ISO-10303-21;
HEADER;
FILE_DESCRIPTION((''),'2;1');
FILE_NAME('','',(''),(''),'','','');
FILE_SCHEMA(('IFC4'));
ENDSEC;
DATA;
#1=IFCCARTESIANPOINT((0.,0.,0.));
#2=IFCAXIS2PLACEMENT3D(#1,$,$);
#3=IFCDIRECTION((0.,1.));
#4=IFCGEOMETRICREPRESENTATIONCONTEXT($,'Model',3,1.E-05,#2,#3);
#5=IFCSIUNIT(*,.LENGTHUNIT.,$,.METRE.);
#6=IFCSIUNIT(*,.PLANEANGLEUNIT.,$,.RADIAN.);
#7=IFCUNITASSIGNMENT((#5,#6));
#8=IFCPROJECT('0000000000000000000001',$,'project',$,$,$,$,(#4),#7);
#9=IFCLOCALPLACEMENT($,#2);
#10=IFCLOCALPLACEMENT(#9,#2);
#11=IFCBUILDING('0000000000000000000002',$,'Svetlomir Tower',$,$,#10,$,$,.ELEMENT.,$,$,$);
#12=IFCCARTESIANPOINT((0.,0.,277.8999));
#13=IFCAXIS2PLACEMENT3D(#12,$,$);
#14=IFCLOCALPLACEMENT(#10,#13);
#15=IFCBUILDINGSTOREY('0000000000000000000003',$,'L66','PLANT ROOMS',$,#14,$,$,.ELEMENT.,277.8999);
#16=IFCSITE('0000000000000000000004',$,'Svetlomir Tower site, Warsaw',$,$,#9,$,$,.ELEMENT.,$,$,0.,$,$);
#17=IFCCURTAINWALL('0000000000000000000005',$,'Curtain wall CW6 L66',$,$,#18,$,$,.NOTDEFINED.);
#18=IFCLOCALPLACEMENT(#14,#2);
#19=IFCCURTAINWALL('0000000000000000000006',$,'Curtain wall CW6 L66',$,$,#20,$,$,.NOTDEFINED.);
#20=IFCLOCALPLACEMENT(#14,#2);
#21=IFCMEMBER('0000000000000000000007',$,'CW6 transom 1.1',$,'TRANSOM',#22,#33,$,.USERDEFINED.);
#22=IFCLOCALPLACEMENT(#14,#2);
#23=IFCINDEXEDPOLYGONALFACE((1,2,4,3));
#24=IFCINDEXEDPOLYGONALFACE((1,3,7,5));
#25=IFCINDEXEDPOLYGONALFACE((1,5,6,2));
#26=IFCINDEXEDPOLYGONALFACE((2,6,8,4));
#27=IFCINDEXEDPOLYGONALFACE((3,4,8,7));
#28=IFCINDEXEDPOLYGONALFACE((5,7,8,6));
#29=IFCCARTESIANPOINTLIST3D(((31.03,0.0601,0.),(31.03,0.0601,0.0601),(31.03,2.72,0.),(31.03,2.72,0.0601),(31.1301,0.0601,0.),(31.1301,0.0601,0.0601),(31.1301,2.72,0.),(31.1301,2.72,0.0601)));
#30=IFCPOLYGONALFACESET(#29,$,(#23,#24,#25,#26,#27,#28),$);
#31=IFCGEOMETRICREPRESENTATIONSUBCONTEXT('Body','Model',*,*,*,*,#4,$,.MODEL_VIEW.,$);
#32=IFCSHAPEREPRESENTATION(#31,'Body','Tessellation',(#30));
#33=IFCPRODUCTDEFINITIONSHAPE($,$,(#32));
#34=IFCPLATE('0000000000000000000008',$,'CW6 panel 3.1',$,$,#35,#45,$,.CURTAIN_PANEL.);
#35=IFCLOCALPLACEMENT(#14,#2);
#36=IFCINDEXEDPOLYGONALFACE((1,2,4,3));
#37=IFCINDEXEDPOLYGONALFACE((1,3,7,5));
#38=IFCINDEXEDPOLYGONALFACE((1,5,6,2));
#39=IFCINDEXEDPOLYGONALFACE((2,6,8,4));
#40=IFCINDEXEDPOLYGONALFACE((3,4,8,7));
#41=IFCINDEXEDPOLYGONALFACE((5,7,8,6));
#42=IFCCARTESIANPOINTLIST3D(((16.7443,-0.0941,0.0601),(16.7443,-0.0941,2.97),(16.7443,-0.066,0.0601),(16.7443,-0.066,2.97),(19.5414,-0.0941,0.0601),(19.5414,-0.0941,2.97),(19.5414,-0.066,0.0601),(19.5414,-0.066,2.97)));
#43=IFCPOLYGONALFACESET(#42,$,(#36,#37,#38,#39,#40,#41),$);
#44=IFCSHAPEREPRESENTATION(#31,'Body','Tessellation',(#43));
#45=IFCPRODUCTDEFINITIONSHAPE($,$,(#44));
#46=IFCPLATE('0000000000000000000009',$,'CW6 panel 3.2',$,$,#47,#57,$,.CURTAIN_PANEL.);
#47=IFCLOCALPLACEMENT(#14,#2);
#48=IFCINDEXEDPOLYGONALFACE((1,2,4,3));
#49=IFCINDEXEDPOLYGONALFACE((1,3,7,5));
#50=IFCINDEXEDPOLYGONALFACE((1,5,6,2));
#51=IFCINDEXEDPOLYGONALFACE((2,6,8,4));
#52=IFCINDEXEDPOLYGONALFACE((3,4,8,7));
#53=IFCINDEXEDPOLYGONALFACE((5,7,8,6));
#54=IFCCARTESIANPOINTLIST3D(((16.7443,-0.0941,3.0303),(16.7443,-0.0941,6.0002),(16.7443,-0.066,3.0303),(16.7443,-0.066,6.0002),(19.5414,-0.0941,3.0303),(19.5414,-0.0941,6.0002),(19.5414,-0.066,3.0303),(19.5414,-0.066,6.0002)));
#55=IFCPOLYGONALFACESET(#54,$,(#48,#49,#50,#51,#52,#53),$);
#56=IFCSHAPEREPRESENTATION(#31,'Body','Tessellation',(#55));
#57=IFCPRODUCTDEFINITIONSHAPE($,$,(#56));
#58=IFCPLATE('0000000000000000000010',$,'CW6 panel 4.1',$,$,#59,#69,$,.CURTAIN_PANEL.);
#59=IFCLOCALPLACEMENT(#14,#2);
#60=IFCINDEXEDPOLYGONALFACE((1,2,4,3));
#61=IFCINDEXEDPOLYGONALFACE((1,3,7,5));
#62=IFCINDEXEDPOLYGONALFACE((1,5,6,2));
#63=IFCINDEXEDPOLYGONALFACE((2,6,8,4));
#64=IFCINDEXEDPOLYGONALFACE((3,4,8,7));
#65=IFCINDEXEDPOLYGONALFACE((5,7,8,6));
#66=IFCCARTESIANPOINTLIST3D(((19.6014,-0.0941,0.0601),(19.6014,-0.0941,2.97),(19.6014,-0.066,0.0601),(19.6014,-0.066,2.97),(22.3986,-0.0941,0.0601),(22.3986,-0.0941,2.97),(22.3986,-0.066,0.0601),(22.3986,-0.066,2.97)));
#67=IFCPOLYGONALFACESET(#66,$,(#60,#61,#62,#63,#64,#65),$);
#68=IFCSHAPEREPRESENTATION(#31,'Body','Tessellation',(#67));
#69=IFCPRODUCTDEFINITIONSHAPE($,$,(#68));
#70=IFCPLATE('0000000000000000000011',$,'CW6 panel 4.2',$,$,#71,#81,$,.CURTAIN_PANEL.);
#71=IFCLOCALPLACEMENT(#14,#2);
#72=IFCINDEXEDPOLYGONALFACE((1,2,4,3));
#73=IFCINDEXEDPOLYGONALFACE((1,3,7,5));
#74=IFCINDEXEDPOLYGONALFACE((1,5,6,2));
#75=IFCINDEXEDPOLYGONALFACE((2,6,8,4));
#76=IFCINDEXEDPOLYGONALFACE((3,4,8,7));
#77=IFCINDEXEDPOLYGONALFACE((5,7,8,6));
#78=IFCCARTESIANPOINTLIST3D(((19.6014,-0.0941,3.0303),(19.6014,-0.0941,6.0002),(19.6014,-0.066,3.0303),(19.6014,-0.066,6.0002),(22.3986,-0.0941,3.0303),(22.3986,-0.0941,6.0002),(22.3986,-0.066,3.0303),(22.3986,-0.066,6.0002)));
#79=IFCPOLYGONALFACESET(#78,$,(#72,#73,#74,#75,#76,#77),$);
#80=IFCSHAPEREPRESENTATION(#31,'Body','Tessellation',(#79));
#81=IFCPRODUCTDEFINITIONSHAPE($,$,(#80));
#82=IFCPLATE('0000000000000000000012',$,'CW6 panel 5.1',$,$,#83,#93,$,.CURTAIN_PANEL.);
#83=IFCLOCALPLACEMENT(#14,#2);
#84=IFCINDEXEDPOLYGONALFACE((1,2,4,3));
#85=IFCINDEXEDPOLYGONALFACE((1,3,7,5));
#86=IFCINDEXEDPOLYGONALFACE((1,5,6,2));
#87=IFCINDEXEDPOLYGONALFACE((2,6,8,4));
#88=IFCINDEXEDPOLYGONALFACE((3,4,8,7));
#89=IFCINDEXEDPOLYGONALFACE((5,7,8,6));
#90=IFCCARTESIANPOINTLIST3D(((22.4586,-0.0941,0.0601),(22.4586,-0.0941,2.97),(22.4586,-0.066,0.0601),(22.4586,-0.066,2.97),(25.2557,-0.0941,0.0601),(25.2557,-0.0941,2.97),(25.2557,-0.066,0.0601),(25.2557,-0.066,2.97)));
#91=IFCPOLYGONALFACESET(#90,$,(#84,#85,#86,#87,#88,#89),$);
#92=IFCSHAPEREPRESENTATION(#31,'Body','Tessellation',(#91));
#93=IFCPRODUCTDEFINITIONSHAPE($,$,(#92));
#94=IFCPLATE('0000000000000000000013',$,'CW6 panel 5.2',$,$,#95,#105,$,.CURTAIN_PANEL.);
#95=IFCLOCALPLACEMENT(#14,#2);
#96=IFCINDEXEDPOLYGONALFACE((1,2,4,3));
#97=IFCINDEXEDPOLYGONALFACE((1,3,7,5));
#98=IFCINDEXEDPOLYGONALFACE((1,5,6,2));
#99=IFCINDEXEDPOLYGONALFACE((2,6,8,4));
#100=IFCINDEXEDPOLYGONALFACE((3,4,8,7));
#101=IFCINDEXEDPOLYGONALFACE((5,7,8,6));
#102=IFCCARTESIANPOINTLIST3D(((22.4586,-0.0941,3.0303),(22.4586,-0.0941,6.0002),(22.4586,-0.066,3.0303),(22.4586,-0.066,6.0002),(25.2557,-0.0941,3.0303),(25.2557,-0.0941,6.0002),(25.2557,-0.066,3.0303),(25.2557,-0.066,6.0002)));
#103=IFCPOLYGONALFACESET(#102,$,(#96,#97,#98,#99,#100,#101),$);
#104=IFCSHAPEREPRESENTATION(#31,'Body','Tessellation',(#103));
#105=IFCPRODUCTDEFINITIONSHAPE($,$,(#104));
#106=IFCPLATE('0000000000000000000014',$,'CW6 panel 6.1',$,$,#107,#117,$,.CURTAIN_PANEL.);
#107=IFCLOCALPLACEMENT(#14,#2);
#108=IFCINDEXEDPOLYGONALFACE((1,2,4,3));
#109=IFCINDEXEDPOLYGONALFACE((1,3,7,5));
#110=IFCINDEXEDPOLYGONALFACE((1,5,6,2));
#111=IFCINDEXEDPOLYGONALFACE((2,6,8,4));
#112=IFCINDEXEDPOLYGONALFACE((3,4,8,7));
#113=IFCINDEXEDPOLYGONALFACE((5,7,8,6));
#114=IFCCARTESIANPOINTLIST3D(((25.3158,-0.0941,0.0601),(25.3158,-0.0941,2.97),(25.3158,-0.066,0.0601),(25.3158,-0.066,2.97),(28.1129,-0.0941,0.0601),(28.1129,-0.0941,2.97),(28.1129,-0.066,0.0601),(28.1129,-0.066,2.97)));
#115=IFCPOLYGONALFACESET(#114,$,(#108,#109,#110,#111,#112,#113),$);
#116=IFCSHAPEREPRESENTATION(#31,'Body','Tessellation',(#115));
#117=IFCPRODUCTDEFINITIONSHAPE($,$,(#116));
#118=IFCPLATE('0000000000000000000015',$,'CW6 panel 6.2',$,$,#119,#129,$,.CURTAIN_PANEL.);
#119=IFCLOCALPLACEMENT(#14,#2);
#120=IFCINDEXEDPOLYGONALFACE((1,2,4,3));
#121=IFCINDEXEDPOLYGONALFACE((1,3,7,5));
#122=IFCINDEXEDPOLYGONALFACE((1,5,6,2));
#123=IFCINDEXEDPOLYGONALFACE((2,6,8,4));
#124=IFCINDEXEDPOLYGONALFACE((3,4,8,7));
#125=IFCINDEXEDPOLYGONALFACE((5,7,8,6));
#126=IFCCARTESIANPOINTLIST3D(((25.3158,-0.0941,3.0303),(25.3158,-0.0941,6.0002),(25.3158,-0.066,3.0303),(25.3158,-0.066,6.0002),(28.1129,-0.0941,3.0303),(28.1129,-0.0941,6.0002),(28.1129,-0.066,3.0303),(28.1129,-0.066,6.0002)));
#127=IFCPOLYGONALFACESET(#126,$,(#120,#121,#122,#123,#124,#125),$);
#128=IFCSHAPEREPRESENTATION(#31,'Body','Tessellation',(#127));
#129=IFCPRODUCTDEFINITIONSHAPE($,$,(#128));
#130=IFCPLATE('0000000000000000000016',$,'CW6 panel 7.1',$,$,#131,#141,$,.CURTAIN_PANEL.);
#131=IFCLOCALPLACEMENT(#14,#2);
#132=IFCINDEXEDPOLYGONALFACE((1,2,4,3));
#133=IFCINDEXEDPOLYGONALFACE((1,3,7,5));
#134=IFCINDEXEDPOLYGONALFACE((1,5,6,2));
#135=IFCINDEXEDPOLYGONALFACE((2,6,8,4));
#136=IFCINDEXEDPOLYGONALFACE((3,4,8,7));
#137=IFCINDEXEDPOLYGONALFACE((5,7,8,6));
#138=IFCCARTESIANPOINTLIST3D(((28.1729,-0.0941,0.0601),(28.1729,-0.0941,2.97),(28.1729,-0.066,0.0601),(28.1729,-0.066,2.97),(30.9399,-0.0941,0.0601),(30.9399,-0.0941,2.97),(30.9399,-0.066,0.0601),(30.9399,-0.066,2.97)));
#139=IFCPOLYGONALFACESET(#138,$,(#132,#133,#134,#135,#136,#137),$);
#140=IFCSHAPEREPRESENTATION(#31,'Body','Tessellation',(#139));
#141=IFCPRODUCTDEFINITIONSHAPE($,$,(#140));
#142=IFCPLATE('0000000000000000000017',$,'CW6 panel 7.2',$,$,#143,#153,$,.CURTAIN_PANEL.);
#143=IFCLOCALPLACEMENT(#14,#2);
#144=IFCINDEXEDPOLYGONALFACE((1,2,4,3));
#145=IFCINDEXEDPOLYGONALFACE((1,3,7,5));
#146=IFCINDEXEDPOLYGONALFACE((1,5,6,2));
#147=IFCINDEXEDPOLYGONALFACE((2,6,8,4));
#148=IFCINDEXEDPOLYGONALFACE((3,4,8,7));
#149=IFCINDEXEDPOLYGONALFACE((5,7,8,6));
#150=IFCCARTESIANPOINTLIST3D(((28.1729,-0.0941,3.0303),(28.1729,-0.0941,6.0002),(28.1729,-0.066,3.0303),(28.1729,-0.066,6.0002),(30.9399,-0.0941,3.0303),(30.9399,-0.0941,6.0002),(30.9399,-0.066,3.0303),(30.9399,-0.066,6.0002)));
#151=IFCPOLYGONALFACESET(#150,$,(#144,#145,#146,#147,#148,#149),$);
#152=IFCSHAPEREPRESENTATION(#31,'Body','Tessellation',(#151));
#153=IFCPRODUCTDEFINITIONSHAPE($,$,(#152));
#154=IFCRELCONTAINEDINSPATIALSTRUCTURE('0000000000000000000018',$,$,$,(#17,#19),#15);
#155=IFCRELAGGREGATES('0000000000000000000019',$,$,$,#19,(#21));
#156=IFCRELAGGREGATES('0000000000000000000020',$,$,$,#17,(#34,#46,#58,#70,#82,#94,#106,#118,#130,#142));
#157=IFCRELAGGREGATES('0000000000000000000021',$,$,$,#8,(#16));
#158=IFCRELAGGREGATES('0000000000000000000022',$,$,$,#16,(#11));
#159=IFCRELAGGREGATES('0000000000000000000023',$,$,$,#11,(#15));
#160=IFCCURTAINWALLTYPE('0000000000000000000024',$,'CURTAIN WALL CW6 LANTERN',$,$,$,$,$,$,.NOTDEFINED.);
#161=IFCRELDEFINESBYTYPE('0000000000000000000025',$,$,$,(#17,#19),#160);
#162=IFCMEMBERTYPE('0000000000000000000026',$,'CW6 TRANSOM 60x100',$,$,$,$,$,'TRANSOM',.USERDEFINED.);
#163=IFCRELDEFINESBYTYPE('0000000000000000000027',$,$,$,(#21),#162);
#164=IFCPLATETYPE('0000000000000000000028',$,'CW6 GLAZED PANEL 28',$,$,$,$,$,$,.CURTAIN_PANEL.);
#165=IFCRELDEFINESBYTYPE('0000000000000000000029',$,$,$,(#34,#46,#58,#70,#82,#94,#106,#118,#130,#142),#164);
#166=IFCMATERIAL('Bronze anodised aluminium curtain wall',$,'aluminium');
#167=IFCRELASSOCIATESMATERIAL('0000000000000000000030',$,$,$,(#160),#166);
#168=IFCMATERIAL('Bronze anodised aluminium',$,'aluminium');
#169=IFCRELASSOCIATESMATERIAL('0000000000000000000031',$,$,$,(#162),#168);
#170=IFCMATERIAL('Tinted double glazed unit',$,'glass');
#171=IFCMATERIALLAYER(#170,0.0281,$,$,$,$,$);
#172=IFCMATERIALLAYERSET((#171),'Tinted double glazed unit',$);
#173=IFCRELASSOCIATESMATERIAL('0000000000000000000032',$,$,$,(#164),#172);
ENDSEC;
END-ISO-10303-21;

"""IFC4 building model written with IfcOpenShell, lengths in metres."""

from ifc_helpers import new_model, si_unit, direction, frame, origin, origin_2d, place, context, subcontext, project, spatial, rectangle, extrude, material, layer, layer_set, material_profile, profile_set, type_object, element, aggregate, save


model = new_model("IFC4")

# Units and contexts
model_context = context("Model", 3, precision=1e-05, world=origin(), true_north=direction((0.0, 1.0)))
body_context = subcontext(model_context, "Body", "Model", "MODEL_VIEW")
ifc_project = project(units=[si_unit("LENGTHUNIT", "METRE"), si_unit("PLANEANGLEUNIT", "RADIAN")], contexts=[model_context])

# Site, building, storey
site_placement = place(None, origin())
site = spatial("IfcSite", under=ifc_project, at=site_placement, Name="Svetlomir Tower site, Warsaw", CompositionType="ELEMENT", RefElevation=0.0)
building_placement = place(site_placement, origin())
building = spatial("IfcBuilding", under=site, at=building_placement, Name="Svetlomir Tower", CompositionType="ELEMENT")
storey_placement = place(building_placement, frame((0.0, 0.0, 277.8999)))
storey = spatial("IfcBuildingStorey", under=building, at=storey_placement, Name="L66", Description="PLANT ROOMS", CompositionType="ELEMENT", Elevation=277.8999)

# Curtain wall
ifc_material_1 = material(Name="Bronze anodised aluminium curtain wall", Category="aluminium")
curtain_wall_type = type_object("IfcCurtainWallType", Name="CURTAIN WALL CW6 LANTERN", PredefinedType="NOTDEFINED", material=ifc_material_1)
curtain_wall_1_placement = place(storey_placement, origin())
curtain_wall_1 = element("IfcCurtainWall", 1, at=curtain_wall_1_placement, inside=storey, type_object=curtain_wall_type, Name="Curtain wall CW6 L66", PredefinedType="NOTDEFINED")

# Curtain wall
curtain_wall_2_placement = place(storey_placement, origin())
curtain_wall_2 = element("IfcCurtainWall", 2, at=curtain_wall_2_placement, inside=storey, type_object=curtain_wall_type, Name="Curtain wall CW6 L66", PredefinedType="NOTDEFINED")

# Member
ifc_material_2 = material(Name="Bronze anodised aluminium", Category="aluminium")
ifc_material_profile_1 = material_profile(ifc_material_2, rectangle(XDim=0.1001, YDim=0.0601, at=origin_2d()), Name="AL 100x60")
ifc_profile_set_1 = profile_set([ifc_material_profile_1], Name="Bronze anodised aluminium 6063-T6")
member_type_1 = type_object("IfcMemberType", Name="CW6 TRANSOM 60x100", ElementType="TRANSOM", PredefinedType="USERDEFINED", material=ifc_profile_set_1)
member_1_placement = place(storey_placement, frame((31.0801, 0.0601, 0.03), z_axis=(0.0, 1.0, 0.0), x_axis=(-1.0, 0.0, 0.0)))
member_1 = element("IfcMember", 3, at=member_1_placement, type_object=member_type_1, Name="CW6 transom 1.1", ObjectType="TRANSOM", PredefinedType="USERDEFINED", context=body_context, shape_type="SweptSolid", body=[
    extrude(rectangle(XDim=0.1001, YDim=0.0601, at=origin_2d()), origin(), (0.0, 0.0, 1.0), 2.6599),
])
aggregate(curtain_wall_2, [member_1])

# Plates
ifc_material_3 = material(Name="Tinted double glazed unit", Category="glass")
ifc_layer = layer(ifc_material_3, 0.0281)
ifc_layer_set = layer_set([ifc_layer], Name="Tinted double glazed unit")
plate_type = type_object("IfcPlateType", Name="CW6 GLAZED PANEL 28", PredefinedType="CURTAIN_PANEL", material=ifc_layer_set)
plate_1_placement = place(storey_placement, frame((18.1428, -0.0801, 0.0601), z_axis=(0.0, 0.0, 1.0), x_axis=(1.0, 0.0, 0.0)))
plate_1 = element("IfcPlate", 4, at=plate_1_placement, type_object=plate_type, Name="CW6 panel 3.1", PredefinedType="CURTAIN_PANEL", context=body_context, shape_type="SweptSolid", body=[
    extrude(rectangle(XDim=2.7971, YDim=0.0281, at=origin_2d()), origin(), (0.0, 0.0, 1.0), 2.9099),
])
plate_2_placement = place(storey_placement, frame((18.1428, -0.0801, 3.0303), z_axis=(0.0, 0.0, 1.0), x_axis=(1.0, 0.0, 0.0)))
plate_2 = element("IfcPlate", 5, at=plate_2_placement, type_object=plate_type, Name="CW6 panel 3.2", PredefinedType="CURTAIN_PANEL", context=body_context, shape_type="SweptSolid", body=[
    extrude(rectangle(XDim=2.7971, YDim=0.0281, at=origin_2d()), origin(), (0.0, 0.0, 1.0), 2.97),
])
plate_3_placement = place(storey_placement, frame((21.0, -0.0801, 0.0601), z_axis=(0.0, 0.0, 1.0), x_axis=(1.0, 0.0, 0.0)))
plate_3 = element("IfcPlate", 6, at=plate_3_placement, type_object=plate_type, Name="CW6 panel 4.1", PredefinedType="CURTAIN_PANEL", context=body_context, shape_type="SweptSolid", body=[
    extrude(rectangle(XDim=2.7971, YDim=0.0281, at=origin_2d()), origin(), (0.0, 0.0, 1.0), 2.9099),
])
plate_4_placement = place(storey_placement, frame((21.0, -0.0801, 3.0303), z_axis=(0.0, 0.0, 1.0), x_axis=(1.0, 0.0, 0.0)))
plate_4 = element("IfcPlate", 7, at=plate_4_placement, type_object=plate_type, Name="CW6 panel 4.2", PredefinedType="CURTAIN_PANEL", context=body_context, shape_type="SweptSolid", body=[
    extrude(rectangle(XDim=2.7971, YDim=0.0281, at=origin_2d()), origin(), (0.0, 0.0, 1.0), 2.97),
])
plate_5_placement = place(storey_placement, frame((23.8572, -0.0801, 0.0601), z_axis=(0.0, 0.0, 1.0), x_axis=(1.0, 0.0, 0.0)))
plate_5 = element("IfcPlate", 8, at=plate_5_placement, type_object=plate_type, Name="CW6 panel 5.1", PredefinedType="CURTAIN_PANEL", context=body_context, shape_type="SweptSolid", body=[
    extrude(rectangle(XDim=2.7971, YDim=0.0281, at=origin_2d()), origin(), (0.0, 0.0, 1.0), 2.9099),
])
plate_6_placement = place(storey_placement, frame((23.8572, -0.0801, 3.0303), z_axis=(0.0, 0.0, 1.0), x_axis=(1.0, 0.0, 0.0)))
plate_6 = element("IfcPlate", 9, at=plate_6_placement, type_object=plate_type, Name="CW6 panel 5.2", PredefinedType="CURTAIN_PANEL", context=body_context, shape_type="SweptSolid", body=[
    extrude(rectangle(XDim=2.7971, YDim=0.0281, at=origin_2d()), origin(), (0.0, 0.0, 1.0), 2.97),
])
plate_7_placement = place(storey_placement, frame((26.7144, -0.0801, 0.0601), z_axis=(0.0, 0.0, 1.0), x_axis=(1.0, 0.0, 0.0)))
plate_7 = element("IfcPlate", 10, at=plate_7_placement, type_object=plate_type, Name="CW6 panel 6.1", PredefinedType="CURTAIN_PANEL", context=body_context, shape_type="SweptSolid", body=[
    extrude(rectangle(XDim=2.7971, YDim=0.0281, at=origin_2d()), origin(), (0.0, 0.0, 1.0), 2.9099),
])
plate_8_placement = place(storey_placement, frame((26.7144, -0.0801, 3.0303), z_axis=(0.0, 0.0, 1.0), x_axis=(1.0, 0.0, 0.0)))
plate_8 = element("IfcPlate", 11, at=plate_8_placement, type_object=plate_type, Name="CW6 panel 6.2", PredefinedType="CURTAIN_PANEL", context=body_context, shape_type="SweptSolid", body=[
    extrude(rectangle(XDim=2.7971, YDim=0.0281, at=origin_2d()), origin(), (0.0, 0.0, 1.0), 2.97),
])
plate_9_placement = place(storey_placement, frame((29.5564, -0.0801, 0.0601), z_axis=(0.0, 0.0, 1.0), x_axis=(1.0, 0.0, 0.0)))
plate_9 = element("IfcPlate", 12, at=plate_9_placement, type_object=plate_type, Name="CW6 panel 7.1", PredefinedType="CURTAIN_PANEL", context=body_context, shape_type="SweptSolid", body=[
    extrude(rectangle(XDim=2.7671, YDim=0.0281, at=origin_2d()), origin(), (0.0, 0.0, 1.0), 2.9099),
])
plate_10_placement = place(storey_placement, frame((29.5564, -0.0801, 3.0303), z_axis=(0.0, 0.0, 1.0), x_axis=(1.0, 0.0, 0.0)))
plate_10 = element("IfcPlate", 13, at=plate_10_placement, type_object=plate_type, Name="CW6 panel 7.2", PredefinedType="CURTAIN_PANEL", context=body_context, shape_type="SweptSolid", body=[
    extrude(rectangle(XDim=2.7671, YDim=0.0281, at=origin_2d()), origin(), (0.0, 0.0, 1.0), 2.97),
])
aggregate(curtain_wall_1, [plate_1, plate_2, plate_3, plate_4, plate_5, plate_6, plate_7, plate_8, plate_9, plate_10])

save(model, "model.ifc")
